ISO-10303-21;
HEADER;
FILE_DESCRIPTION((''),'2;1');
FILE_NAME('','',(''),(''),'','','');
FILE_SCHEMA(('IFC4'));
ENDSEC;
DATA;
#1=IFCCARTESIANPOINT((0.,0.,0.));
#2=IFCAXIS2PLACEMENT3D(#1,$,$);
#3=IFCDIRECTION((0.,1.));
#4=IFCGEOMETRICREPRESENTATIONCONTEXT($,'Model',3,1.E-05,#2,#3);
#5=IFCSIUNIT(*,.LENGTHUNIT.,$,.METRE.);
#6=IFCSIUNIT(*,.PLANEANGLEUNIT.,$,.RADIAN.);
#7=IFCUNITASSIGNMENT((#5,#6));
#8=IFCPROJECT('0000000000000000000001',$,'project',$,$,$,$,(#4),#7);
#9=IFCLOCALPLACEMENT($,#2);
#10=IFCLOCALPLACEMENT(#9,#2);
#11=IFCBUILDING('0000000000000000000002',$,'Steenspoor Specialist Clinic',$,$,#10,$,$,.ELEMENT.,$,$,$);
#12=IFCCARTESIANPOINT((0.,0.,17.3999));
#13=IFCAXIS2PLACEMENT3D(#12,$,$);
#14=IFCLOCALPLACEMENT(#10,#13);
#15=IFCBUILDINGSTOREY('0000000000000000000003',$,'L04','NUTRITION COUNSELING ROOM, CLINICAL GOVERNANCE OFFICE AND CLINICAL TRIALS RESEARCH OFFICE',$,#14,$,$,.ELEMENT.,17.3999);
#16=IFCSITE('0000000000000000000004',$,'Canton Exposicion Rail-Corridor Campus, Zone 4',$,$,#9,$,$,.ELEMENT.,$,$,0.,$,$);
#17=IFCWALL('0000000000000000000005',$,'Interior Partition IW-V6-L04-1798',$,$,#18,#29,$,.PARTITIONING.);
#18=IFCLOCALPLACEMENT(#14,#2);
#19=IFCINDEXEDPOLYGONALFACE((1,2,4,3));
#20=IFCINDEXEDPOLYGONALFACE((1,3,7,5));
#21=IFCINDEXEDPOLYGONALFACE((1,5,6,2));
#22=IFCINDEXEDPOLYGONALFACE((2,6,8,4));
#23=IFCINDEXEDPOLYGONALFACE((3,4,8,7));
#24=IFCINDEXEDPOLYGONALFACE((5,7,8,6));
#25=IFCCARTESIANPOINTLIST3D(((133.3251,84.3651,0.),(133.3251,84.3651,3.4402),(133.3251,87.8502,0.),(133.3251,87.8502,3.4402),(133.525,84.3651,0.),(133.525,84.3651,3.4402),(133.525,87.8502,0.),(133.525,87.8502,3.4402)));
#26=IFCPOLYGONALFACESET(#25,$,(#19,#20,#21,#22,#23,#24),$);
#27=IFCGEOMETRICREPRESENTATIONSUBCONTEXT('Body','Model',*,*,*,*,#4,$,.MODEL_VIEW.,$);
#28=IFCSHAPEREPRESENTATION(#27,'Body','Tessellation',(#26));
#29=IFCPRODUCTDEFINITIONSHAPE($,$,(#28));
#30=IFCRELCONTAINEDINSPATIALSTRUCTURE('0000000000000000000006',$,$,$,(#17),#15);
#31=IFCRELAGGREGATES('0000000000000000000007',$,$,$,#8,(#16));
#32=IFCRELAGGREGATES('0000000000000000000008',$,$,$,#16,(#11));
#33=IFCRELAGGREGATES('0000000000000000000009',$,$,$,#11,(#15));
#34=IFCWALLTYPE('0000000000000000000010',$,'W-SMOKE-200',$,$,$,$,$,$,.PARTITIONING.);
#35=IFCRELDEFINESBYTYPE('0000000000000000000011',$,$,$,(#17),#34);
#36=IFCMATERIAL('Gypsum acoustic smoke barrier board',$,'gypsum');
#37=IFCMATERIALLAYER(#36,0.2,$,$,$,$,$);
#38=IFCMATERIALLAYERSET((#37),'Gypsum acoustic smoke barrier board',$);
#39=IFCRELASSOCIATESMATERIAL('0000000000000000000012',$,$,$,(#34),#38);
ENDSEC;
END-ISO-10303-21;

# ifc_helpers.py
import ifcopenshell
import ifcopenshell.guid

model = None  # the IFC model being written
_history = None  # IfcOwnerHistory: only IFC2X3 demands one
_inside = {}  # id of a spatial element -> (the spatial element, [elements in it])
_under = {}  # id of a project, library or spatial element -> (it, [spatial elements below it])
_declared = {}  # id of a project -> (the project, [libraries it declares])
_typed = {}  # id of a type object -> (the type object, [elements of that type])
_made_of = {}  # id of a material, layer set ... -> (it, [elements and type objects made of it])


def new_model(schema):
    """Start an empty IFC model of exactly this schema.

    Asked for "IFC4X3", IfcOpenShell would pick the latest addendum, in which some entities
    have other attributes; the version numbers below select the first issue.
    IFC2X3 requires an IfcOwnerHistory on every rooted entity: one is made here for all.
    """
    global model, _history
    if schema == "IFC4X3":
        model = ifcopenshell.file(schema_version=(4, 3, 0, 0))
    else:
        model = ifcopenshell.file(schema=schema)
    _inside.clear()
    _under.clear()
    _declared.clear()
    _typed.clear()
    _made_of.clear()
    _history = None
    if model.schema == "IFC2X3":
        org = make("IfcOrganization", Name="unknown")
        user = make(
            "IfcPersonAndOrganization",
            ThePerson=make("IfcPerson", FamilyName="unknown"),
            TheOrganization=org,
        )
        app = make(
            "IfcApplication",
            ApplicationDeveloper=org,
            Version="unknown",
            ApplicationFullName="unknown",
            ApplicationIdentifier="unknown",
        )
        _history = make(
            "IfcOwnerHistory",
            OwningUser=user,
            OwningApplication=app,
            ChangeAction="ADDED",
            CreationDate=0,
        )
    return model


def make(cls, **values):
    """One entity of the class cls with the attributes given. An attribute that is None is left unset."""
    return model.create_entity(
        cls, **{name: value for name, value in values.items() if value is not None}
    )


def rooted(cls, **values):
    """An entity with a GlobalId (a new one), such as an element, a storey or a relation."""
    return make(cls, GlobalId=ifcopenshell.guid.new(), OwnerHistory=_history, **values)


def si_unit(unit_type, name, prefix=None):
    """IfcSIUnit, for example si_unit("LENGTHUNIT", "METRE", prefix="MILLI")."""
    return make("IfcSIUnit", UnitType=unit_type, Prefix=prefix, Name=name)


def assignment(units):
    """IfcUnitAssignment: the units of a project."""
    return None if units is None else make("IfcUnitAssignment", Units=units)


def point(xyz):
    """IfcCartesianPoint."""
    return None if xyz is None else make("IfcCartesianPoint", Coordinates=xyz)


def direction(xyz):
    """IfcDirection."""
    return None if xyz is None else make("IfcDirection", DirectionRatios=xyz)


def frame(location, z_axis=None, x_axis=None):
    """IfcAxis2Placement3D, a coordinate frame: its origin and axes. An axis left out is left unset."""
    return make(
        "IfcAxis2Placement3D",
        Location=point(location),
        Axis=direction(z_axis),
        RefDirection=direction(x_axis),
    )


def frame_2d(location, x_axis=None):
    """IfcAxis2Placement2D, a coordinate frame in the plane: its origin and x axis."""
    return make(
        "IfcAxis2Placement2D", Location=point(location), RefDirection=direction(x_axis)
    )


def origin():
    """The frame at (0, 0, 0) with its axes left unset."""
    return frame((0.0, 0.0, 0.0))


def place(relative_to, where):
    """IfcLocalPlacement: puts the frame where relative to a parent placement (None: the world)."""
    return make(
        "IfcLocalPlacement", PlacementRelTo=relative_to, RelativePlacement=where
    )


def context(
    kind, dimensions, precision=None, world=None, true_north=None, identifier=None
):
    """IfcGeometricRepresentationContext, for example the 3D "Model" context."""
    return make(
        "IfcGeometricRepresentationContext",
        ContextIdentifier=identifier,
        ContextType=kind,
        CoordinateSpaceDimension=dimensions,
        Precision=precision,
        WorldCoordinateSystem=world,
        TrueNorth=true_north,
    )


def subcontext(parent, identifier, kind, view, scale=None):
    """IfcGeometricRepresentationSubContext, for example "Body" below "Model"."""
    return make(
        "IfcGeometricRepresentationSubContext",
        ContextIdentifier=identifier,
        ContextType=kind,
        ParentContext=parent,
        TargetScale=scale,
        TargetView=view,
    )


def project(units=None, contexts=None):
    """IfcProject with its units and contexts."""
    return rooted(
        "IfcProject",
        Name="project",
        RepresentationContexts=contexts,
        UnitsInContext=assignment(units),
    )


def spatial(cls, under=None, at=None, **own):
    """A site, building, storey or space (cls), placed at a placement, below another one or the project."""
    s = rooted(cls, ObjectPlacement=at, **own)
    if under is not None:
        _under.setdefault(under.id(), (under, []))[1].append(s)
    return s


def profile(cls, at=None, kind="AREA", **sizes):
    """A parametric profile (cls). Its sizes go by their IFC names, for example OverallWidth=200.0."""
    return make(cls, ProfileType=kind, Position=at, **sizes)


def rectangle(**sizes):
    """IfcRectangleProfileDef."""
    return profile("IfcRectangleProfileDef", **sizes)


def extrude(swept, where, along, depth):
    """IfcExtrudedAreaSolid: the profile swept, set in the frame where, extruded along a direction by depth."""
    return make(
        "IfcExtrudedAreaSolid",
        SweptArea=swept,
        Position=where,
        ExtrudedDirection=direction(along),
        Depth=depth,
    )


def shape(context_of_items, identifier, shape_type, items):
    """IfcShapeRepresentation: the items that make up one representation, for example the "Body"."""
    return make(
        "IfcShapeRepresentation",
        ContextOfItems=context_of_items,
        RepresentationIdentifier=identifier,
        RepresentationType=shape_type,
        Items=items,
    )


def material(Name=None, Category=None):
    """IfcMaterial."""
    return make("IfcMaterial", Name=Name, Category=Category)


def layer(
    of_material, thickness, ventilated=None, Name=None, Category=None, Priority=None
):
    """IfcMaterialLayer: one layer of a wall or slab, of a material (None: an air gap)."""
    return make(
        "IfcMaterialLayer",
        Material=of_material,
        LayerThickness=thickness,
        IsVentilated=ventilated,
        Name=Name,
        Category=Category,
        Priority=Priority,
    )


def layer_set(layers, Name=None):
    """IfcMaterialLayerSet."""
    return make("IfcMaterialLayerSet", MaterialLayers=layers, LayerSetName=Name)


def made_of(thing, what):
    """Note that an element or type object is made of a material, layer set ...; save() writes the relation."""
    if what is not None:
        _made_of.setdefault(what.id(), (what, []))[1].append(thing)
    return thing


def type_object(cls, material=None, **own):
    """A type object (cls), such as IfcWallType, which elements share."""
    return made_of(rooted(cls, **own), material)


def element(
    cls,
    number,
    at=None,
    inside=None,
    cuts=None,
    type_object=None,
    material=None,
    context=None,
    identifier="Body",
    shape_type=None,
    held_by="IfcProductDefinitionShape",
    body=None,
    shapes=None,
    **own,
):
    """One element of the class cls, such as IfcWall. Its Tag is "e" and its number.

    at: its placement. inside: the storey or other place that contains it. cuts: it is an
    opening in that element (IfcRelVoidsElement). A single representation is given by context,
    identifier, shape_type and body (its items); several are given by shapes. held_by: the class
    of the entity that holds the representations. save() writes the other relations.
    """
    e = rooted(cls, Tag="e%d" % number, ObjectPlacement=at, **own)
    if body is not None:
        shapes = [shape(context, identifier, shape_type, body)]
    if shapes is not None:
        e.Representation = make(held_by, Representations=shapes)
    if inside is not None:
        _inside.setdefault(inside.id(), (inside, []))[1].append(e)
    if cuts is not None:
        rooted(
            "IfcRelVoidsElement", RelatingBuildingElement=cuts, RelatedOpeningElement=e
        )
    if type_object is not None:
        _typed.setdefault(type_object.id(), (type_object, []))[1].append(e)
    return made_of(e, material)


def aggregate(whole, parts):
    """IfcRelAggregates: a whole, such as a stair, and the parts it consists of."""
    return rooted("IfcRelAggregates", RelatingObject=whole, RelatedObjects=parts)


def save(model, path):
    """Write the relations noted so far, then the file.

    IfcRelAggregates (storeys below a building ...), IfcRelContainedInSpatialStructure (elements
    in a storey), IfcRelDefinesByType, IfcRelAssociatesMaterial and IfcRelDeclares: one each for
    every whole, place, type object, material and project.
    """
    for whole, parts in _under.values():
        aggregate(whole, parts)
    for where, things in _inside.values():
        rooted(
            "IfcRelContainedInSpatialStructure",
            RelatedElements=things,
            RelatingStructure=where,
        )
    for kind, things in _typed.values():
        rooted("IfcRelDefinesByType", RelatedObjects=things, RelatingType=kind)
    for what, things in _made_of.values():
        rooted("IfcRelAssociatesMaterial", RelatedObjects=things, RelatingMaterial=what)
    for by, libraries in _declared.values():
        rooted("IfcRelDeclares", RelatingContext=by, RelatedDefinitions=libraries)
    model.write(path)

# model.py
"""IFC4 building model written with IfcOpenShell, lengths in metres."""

from ifc_helpers import new_model, si_unit, direction, frame, frame_2d, origin, place, context, subcontext, project, spatial, rectangle, extrude, material, layer, layer_set, type_object, element, save


model = new_model("IFC4")

# Units and contexts
model_context = context("Model", 3, precision=1e-05, world=origin(), true_north=direction((0.0, 1.0)))
body_context = subcontext(model_context, "Body", "Model", "MODEL_VIEW")
ifc_project = project(units=[si_unit("LENGTHUNIT", "METRE"), si_unit("PLANEANGLEUNIT", "RADIAN")], contexts=[model_context])

# Site, building, storey
site_placement = place(None, origin())
site = spatial("IfcSite", under=ifc_project, at=site_placement, Name="Canton Exposicion Rail-Corridor Campus, Zone 4", CompositionType="ELEMENT", RefElevation=0.0)
building_placement = place(site_placement, origin())
building = spatial("IfcBuilding", under=site, at=building_placement, Name="Steenspoor Specialist Clinic", CompositionType="ELEMENT")
storey_placement = place(building_placement, frame((0.0, 0.0, 17.3999)))
storey = spatial("IfcBuildingStorey", under=building, at=storey_placement, Name="L04", Description="NUTRITION COUNSELING ROOM, CLINICAL GOVERNANCE OFFICE AND CLINICAL TRIALS RESEARCH OFFICE", CompositionType="ELEMENT", Elevation=17.3999)

# Shared definitions
ifc_material_1 = material(Name="Gypsum acoustic smoke barrier board", Category="gypsum")
ifc_layer_1 = layer(ifc_material_1, 0.2)
ifc_layer_set_1 = layer_set([ifc_layer_1], Name="Gypsum acoustic smoke barrier board")
wall_type_1 = type_object("IfcWallType", Name="W-SMOKE-200", PredefinedType="PARTITIONING", material=ifc_layer_set_1)

# Wall
wall_1_placement = place(storey_placement, frame((133.425, 84.365, 0.0), z_axis=(0.0, 0.0, 1.0), x_axis=(0.0, 1.0, 0.0)))
element("IfcWall", 1, at=wall_1_placement, inside=storey, type_object=wall_type_1, Name="Interior Partition IW-V6-L04-1798", PredefinedType="PARTITIONING", context=body_context, shape_type="SweptSolid", body=[
    extrude(rectangle(XDim=3.4851, YDim=0.2, at=frame_2d((1.7427, 0.0))), origin(), (0.0, 0.0, 1.0), 3.4402),
])

save(model, "model.ifc")
